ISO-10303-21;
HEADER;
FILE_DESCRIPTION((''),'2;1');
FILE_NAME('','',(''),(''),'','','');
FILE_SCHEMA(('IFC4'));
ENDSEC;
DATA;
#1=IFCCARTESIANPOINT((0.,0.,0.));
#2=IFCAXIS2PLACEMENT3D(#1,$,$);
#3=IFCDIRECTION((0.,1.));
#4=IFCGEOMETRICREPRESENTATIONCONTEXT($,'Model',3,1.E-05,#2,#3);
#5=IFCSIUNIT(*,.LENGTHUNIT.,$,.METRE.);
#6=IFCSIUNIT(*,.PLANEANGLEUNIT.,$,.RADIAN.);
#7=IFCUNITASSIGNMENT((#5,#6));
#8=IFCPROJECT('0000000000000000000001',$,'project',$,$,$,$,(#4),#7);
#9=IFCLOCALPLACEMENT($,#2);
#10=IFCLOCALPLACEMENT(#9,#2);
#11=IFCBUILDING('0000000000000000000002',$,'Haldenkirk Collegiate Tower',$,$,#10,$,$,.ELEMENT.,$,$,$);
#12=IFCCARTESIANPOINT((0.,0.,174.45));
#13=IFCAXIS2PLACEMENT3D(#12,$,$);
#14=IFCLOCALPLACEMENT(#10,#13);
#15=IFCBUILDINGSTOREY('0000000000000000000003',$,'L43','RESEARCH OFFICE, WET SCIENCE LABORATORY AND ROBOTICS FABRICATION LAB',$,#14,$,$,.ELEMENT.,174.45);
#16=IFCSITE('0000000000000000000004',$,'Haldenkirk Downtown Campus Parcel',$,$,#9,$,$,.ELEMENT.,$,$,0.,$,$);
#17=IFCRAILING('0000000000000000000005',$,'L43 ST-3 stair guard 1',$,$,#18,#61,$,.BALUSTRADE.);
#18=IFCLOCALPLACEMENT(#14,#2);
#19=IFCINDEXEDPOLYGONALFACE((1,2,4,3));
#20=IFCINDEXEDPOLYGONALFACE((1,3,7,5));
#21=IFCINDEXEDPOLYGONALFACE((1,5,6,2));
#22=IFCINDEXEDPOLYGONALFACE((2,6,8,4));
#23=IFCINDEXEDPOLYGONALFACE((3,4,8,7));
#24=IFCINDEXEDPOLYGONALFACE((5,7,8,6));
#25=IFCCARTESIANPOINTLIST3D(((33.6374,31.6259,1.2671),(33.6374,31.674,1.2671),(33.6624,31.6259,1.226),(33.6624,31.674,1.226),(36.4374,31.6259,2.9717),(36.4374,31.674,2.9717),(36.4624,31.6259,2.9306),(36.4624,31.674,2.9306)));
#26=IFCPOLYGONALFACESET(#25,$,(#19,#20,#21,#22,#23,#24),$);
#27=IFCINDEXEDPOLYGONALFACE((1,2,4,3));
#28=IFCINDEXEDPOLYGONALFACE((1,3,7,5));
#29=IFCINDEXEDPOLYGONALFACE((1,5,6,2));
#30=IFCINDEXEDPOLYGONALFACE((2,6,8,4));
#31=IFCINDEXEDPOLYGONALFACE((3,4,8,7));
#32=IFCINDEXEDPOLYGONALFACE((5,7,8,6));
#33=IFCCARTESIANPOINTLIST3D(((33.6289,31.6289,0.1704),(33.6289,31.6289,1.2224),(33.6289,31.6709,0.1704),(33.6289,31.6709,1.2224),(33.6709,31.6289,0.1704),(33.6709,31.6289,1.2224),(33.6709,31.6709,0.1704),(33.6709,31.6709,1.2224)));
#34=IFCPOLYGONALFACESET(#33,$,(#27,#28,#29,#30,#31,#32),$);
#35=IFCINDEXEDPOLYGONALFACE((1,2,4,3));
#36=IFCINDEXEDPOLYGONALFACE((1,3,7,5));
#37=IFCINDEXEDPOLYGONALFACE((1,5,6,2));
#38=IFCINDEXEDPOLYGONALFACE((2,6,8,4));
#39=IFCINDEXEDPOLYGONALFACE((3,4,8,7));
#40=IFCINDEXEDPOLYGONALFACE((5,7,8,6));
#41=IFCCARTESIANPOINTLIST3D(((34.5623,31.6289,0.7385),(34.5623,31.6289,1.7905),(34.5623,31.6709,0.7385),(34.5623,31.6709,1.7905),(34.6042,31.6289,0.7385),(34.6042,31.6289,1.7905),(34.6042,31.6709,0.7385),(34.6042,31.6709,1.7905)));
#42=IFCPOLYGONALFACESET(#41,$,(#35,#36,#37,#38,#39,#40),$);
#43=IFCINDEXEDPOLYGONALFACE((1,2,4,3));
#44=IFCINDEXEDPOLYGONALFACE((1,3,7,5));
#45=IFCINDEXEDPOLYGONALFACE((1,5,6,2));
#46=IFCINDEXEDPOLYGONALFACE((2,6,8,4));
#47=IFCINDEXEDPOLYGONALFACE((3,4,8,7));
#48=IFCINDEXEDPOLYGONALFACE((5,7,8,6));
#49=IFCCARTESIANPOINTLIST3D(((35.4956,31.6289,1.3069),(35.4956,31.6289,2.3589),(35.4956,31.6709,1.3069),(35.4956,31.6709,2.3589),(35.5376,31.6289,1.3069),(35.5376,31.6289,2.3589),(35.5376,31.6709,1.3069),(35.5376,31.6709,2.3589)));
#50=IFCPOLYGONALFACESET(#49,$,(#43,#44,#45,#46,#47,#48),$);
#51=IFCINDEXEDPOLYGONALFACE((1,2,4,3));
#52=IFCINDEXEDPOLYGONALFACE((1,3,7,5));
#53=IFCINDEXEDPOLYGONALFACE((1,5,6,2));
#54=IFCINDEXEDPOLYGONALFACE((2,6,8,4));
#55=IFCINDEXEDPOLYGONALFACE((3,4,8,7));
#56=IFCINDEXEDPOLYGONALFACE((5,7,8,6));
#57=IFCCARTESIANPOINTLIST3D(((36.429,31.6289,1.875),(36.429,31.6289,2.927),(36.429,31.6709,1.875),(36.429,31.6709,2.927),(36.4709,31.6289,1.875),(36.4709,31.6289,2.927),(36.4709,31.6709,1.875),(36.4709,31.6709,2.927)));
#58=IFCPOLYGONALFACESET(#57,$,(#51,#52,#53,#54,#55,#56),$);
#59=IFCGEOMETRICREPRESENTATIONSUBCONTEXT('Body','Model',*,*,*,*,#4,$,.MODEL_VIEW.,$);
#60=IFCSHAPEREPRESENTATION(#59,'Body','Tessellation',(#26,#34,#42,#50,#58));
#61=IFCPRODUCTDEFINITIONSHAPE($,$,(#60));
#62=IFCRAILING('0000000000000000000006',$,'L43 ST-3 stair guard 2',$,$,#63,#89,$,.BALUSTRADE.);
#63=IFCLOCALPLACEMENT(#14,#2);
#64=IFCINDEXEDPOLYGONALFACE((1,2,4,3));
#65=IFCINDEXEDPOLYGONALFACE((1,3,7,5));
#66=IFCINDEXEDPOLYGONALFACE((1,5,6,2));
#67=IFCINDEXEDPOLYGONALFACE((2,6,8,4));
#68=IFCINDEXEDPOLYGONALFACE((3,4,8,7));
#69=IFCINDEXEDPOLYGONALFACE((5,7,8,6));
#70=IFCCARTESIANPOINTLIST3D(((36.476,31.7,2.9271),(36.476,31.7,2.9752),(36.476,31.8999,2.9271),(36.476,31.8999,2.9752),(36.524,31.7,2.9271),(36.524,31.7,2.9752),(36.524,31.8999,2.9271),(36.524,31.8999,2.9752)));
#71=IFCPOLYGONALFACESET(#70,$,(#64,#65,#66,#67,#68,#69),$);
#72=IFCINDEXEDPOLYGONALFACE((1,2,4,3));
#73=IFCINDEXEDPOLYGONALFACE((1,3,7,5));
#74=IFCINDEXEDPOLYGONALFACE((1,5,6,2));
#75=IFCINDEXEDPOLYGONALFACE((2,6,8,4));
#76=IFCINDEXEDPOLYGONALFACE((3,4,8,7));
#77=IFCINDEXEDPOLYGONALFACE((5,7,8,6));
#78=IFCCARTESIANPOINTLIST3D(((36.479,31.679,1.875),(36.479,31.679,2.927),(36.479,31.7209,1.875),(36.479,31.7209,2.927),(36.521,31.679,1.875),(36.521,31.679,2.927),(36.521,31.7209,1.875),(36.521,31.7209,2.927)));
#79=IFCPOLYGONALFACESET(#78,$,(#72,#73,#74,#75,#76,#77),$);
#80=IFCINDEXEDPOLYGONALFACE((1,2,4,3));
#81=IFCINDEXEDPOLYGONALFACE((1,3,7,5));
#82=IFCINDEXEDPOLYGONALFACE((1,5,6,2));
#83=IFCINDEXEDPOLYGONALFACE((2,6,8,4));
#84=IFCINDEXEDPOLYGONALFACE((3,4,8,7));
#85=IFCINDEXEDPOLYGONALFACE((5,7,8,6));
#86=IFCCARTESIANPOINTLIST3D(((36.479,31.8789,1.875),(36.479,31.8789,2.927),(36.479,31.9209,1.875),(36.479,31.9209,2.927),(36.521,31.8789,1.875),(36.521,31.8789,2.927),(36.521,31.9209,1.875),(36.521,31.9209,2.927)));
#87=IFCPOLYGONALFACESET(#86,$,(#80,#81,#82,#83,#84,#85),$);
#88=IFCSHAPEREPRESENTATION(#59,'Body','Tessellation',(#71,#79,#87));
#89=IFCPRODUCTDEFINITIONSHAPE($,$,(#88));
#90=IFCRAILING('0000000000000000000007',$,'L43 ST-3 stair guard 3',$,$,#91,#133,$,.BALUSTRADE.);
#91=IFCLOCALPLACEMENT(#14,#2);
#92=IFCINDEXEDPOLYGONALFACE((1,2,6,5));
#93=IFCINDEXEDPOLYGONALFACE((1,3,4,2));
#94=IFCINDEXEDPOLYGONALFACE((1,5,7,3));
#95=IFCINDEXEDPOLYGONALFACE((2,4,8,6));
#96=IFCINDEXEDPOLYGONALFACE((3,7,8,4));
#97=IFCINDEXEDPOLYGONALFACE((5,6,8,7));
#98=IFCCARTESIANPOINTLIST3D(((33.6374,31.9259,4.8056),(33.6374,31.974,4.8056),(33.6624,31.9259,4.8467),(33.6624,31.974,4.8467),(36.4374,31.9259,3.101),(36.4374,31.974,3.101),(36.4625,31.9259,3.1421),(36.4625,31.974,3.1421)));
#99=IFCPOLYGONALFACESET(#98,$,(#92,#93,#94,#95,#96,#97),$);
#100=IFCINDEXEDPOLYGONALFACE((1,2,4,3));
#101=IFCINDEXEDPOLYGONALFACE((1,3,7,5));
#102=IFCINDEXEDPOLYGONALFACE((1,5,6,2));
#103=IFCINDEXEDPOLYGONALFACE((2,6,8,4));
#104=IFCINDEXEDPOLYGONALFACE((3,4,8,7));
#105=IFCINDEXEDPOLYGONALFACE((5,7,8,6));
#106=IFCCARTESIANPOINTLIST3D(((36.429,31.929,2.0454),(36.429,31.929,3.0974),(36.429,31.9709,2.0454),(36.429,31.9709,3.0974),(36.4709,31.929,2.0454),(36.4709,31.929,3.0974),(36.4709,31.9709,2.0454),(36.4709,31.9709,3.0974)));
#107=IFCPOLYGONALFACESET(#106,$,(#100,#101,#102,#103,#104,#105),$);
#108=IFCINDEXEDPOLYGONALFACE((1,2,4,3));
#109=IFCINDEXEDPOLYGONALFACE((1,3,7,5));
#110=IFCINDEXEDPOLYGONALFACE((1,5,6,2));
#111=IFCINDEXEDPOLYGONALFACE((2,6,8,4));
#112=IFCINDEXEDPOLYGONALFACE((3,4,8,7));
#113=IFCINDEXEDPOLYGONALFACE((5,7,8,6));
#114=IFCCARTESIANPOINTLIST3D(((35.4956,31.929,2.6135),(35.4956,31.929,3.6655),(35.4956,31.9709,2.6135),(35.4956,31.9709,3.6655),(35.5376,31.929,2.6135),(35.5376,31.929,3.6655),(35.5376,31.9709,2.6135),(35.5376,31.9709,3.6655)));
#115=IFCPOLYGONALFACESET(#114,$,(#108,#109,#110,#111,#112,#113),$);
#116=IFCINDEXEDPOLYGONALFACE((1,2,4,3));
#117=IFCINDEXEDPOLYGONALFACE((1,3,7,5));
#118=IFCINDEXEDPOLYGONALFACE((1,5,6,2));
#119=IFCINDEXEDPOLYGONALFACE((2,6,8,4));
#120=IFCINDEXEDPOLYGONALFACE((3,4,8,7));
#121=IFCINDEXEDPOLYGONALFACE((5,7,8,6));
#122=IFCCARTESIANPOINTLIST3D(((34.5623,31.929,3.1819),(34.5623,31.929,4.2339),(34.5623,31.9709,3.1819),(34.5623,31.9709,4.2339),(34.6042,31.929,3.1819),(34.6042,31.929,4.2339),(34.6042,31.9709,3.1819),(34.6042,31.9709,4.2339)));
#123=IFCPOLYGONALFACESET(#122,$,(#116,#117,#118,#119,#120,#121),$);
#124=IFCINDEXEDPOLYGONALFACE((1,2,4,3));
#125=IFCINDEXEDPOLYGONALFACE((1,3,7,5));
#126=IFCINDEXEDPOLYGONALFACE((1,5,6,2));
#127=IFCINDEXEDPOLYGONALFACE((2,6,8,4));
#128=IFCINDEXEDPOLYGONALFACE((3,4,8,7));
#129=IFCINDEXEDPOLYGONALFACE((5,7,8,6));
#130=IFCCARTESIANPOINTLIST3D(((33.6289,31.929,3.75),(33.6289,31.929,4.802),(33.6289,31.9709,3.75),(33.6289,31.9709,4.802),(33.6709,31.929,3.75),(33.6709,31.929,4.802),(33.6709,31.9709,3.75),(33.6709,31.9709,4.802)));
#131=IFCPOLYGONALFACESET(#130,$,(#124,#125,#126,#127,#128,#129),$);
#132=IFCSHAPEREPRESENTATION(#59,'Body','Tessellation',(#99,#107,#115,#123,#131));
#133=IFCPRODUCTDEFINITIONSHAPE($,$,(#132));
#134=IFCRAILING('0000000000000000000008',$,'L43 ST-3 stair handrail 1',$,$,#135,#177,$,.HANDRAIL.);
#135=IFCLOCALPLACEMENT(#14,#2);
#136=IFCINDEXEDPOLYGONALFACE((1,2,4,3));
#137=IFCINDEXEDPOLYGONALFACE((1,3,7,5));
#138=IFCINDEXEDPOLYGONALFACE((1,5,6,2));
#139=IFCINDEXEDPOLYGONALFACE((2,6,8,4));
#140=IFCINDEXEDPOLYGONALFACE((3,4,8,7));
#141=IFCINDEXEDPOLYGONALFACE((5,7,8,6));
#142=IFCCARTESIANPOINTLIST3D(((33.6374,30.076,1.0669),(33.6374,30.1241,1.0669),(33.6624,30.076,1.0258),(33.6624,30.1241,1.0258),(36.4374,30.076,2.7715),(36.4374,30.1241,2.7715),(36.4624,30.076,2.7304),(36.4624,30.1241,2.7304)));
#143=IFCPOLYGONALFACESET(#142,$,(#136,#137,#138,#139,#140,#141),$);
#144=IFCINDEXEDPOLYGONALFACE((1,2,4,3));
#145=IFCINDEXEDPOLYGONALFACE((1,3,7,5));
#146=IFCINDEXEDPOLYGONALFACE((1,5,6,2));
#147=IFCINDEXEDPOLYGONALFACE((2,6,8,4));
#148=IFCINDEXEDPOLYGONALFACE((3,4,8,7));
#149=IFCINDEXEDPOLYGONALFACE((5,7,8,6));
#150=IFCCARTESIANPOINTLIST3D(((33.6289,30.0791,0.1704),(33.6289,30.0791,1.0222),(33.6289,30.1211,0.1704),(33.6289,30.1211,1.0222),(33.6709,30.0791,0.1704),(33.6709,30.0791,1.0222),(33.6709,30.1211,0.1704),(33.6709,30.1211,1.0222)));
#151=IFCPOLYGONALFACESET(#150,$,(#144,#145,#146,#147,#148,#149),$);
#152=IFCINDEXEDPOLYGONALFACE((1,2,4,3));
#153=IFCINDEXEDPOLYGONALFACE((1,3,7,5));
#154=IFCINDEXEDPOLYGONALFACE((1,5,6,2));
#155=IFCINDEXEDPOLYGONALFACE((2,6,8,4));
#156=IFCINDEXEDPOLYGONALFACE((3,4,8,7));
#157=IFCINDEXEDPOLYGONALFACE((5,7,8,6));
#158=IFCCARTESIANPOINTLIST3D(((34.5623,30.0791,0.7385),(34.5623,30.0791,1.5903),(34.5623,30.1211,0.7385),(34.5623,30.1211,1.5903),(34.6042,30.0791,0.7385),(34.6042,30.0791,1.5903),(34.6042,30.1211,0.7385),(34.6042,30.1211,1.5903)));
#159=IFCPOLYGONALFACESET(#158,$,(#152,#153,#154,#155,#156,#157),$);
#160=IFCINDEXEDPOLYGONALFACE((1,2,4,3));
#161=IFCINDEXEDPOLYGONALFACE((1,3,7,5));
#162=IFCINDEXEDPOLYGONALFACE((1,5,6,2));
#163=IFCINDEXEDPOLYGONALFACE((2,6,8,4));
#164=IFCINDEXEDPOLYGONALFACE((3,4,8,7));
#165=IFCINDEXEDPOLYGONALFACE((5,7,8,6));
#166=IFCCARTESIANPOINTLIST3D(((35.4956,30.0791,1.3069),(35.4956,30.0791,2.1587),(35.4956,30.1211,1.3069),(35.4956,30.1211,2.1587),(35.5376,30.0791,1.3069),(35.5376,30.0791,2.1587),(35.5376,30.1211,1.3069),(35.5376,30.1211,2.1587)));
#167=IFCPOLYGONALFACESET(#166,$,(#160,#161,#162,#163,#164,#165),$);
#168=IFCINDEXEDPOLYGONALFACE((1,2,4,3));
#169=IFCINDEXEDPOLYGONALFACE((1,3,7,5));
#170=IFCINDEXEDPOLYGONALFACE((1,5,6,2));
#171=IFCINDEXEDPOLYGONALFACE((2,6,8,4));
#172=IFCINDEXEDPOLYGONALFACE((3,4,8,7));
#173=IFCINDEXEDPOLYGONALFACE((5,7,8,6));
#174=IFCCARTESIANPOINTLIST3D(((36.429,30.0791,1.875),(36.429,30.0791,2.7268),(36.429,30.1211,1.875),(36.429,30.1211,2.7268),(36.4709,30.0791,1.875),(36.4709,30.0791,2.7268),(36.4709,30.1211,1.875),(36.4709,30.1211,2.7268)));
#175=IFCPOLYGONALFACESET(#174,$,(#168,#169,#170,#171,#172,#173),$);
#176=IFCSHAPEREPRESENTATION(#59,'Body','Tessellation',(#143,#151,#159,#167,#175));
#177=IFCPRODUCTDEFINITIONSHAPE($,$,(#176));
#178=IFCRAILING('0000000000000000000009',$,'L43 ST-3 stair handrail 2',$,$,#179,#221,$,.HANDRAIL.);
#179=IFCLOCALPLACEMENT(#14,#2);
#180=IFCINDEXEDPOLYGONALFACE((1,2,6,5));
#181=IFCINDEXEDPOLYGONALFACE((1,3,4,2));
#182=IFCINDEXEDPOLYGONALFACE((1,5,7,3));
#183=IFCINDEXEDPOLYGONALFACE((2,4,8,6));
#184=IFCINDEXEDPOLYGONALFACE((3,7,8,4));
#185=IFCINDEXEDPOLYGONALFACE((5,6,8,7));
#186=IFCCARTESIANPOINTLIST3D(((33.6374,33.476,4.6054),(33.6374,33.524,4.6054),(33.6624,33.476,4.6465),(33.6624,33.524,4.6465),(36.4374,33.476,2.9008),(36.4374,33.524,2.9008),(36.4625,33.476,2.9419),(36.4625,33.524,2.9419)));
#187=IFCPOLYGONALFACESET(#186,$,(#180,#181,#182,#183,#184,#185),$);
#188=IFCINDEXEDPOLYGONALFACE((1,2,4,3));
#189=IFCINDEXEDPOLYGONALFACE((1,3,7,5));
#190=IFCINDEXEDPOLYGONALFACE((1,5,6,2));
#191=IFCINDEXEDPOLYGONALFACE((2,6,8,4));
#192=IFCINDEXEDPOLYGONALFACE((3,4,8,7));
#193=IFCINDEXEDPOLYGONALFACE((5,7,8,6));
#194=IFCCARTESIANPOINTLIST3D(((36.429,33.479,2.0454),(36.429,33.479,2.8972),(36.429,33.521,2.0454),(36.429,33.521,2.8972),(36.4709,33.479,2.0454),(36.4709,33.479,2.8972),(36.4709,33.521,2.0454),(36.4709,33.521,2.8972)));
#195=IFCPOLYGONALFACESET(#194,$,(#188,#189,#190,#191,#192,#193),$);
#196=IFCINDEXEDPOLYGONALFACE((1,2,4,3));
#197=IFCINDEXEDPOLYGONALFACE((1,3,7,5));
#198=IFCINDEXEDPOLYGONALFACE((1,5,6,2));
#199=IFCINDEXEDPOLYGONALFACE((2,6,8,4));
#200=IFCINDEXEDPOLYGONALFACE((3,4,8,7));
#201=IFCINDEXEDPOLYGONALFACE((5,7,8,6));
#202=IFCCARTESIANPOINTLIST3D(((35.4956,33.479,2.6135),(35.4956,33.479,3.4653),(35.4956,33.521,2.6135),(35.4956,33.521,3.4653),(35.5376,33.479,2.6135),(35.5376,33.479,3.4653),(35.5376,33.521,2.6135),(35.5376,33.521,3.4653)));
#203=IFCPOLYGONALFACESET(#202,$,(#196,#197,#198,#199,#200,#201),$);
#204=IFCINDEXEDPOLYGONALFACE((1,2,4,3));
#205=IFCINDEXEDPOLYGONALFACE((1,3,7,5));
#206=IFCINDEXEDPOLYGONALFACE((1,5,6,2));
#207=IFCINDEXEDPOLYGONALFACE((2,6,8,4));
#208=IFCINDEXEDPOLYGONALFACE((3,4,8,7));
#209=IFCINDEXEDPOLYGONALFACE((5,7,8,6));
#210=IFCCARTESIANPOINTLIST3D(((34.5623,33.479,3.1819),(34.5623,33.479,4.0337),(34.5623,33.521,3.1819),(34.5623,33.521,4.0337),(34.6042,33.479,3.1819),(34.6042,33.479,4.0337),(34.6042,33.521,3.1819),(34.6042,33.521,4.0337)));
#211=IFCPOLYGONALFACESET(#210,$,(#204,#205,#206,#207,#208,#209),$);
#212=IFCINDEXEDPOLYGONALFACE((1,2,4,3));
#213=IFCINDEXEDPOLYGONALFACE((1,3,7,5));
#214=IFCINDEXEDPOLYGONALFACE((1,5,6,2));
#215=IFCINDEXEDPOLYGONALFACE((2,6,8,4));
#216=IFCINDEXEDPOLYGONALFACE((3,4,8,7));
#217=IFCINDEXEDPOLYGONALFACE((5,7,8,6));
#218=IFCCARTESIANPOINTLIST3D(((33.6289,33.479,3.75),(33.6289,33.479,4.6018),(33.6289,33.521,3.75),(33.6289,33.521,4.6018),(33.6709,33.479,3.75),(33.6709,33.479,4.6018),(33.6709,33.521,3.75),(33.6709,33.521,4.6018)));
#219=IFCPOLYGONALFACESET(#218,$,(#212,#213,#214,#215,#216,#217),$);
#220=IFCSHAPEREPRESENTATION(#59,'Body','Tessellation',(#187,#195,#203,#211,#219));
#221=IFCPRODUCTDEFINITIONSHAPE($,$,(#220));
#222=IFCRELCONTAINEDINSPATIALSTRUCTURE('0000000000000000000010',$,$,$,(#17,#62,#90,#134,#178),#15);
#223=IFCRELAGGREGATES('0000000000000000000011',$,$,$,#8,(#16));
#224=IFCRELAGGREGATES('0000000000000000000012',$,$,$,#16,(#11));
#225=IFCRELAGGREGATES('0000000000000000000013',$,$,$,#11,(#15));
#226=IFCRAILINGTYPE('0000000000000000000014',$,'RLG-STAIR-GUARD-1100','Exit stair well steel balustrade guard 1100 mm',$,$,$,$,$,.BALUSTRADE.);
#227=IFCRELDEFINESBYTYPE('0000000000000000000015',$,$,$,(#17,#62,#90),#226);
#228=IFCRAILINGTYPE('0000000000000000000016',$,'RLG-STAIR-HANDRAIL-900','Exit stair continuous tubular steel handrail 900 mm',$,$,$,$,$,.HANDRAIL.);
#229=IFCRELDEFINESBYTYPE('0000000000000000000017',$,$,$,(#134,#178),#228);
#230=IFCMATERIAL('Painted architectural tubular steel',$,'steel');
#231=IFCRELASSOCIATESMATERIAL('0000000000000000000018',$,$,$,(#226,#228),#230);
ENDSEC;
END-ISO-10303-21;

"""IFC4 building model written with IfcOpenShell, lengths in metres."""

from ifc_helpers import new_model, si_unit, direction, frame, origin, origin_2d, place, context, subcontext, project, spatial, rectangle, extrude, material, type_object, element, save


model = new_model("IFC4")

# Units and contexts
model_context = context("Model", 3, precision=1e-05, world=origin(), true_north=direction((0.0, 1.0)))
body_context = subcontext(model_context, "Body", "Model", "MODEL_VIEW")
ifc_project = project(units=[si_unit("LENGTHUNIT", "METRE"), si_unit("PLANEANGLEUNIT", "RADIAN")], contexts=[model_context])

# Site, building, storey
site_placement = place(None, origin())
site = spatial("IfcSite", under=ifc_project, at=site_placement, Name="Haldenkirk Downtown Campus Parcel", CompositionType="ELEMENT", RefElevation=0.0)
building_placement = place(site_placement, origin())
building = spatial("IfcBuilding", under=site, at=building_placement, Name="Haldenkirk Collegiate Tower", CompositionType="ELEMENT")
storey_placement = place(building_placement, frame((0.0, 0.0, 174.45)))
storey = spatial("IfcBuildingStorey", under=building, at=storey_placement, Name="L43", Description="RESEARCH OFFICE, WET SCIENCE LABORATORY AND ROBOTICS FABRICATION LAB", CompositionType="ELEMENT", Elevation=174.45)

# Railings
ifc_material_1 = material(Name="Painted architectural tubular steel", Category="steel")
railing_type_1 = type_object("IfcRailingType", Name="RLG-STAIR-GUARD-1100", Description="Exit stair well steel balustrade guard 1100 mm", PredefinedType="BALUSTRADE", material=ifc_material_1)
railing_1_placement = place(storey_placement, frame((33.6499, 31.6499, 0.1704)))
element("IfcRailing", 1, at=railing_1_placement, inside=storey, type_object=railing_type_1, Name="L43 ST-3 stair guard 1", PredefinedType="BALUSTRADE", context=body_context, shape_type="SweptSolid", body=[
    extrude(rectangle(XDim=0.0481, YDim=0.0481, at=origin_2d()), frame((0.0, 0.0, 1.0762), z_axis=(0.85417, 0.0, 0.519994), x_axis=(0.0, 1.0, 0.0)), (0.0, 0.0, 1.0), 3.2781),
    extrude(rectangle(XDim=0.042, YDim=0.042, at=origin_2d()), origin(), (0.0, 0.0, 1.0), 1.052),
    extrude(rectangle(XDim=0.042, YDim=0.042, at=origin_2d()), frame((0.9333, 0.0, 0.5681)), (0.0, 0.0, 1.0), 1.052),
    extrude(rectangle(XDim=0.042, YDim=0.042, at=origin_2d()), frame((1.8667, 0.0, 1.1365)), (0.0, 0.0, 1.0), 1.052),
    extrude(rectangle(XDim=0.042, YDim=0.042, at=origin_2d()), frame((2.8, 0.0, 1.7046)), (0.0, 0.0, 1.0), 1.052),
])
railing_2_placement = place(storey_placement, frame((36.5, 31.7, 1.875)))
element("IfcRailing", 2, at=railing_2_placement, inside=storey, type_object=railing_type_1, Name="L43 ST-3 stair guard 2", PredefinedType="BALUSTRADE", context=body_context, shape_type="SweptSolid", body=[
    extrude(rectangle(XDim=0.0481, YDim=0.0481, at=origin_2d()), frame((0.0, 0.0, 1.0762), z_axis=(0.0, 1.0, 0.0), x_axis=(-1.0, 0.0, 0.0)), (0.0, 0.0, 1.0), 0.2),
    extrude(rectangle(XDim=0.042, YDim=0.042, at=origin_2d()), origin(), (0.0, 0.0, 1.0), 1.052),
    extrude(rectangle(XDim=0.042, YDim=0.042, at=origin_2d()), frame((0.0, 0.2, 0.0)), (0.0, 0.0, 1.0), 1.052),
])
railing_3_placement = place(storey_placement, frame((36.45, 31.95, 2.0454)))
element("IfcRailing", 3, at=railing_3_placement, inside=storey, type_object=railing_type_1, Name="L43 ST-3 stair guard 3", PredefinedType="BALUSTRADE", context=body_context, shape_type="SweptSolid", body=[
    extrude(rectangle(XDim=0.0481, YDim=0.0481, at=origin_2d()), frame((0.0, 0.0, 1.0762), z_axis=(-0.85417, 0.0, 0.519994), x_axis=(0.0, -1.0, 0.0)), (0.0, 0.0, 1.0), 3.2781),
    extrude(rectangle(XDim=0.042, YDim=0.042, at=origin_2d()), origin(), (0.0, 0.0, 1.0), 1.052),
    extrude(rectangle(XDim=0.042, YDim=0.042, at=origin_2d()), frame((-0.9333, 0.0, 0.5681)), (0.0, 0.0, 1.0), 1.052),
    extrude(rectangle(XDim=0.042, YDim=0.042, at=origin_2d()), frame((-1.8667, 0.0, 1.1365)), (0.0, 0.0, 1.0), 1.052),
    extrude(rectangle(XDim=0.042, YDim=0.042, at=origin_2d()), frame((-2.8, 0.0, 1.7046)), (0.0, 0.0, 1.0), 1.052),
])
railing_type_2 = type_object("IfcRailingType", Name="RLG-STAIR-HANDRAIL-900", Description="Exit stair continuous tubular steel handrail 900 mm", PredefinedType="HANDRAIL", material=ifc_material_1)
railing_4_placement = place(storey_placement, frame((33.6499, 30.1001, 0.1704)))
element("IfcRailing", 4, at=railing_4_placement, inside=storey, type_object=railing_type_2, Name="L43 ST-3 stair handrail 1", PredefinedType="HANDRAIL", context=body_context, shape_type="SweptSolid", body=[
    extrude(rectangle(XDim=0.0481, YDim=0.0481, at=origin_2d()), frame((0.0, 0.0, 0.876), z_axis=(0.85417, 0.0, 0.519994), x_axis=(0.0, 1.0, 0.0)), (0.0, 0.0, 1.0), 3.2781),
    extrude(rectangle(XDim=0.042, YDim=0.042, at=origin_2d()), origin(), (0.0, 0.0, 1.0), 0.8518),
    extrude(rectangle(XDim=0.042, YDim=0.042, at=origin_2d()), frame((0.9333, 0.0, 0.5681)), (0.0, 0.0, 1.0), 0.8518),
    extrude(rectangle(XDim=0.042, YDim=0.042, at=origin_2d()), frame((1.8667, 0.0, 1.1365)), (0.0, 0.0, 1.0), 0.8518),
    extrude(rectangle(XDim=0.042, YDim=0.042, at=origin_2d()), frame((2.8, 0.0, 1.7046)), (0.0, 0.0, 1.0), 0.8518),
])
railing_5_placement = place(storey_placement, frame((36.45, 33.5, 2.0454)))
element("IfcRailing", 5, at=railing_5_placement, inside=storey, type_object=railing_type_2, Name="L43 ST-3 stair handrail 2", PredefinedType="HANDRAIL", context=body_context, shape_type="SweptSolid", body=[
    extrude(rectangle(XDim=0.0481, YDim=0.0481, at=origin_2d()), frame((0.0, 0.0, 0.876), z_axis=(-0.85417, 0.0, 0.519994), x_axis=(0.0, -1.0, 0.0)), (0.0, 0.0, 1.0), 3.2781),
    extrude(rectangle(XDim=0.042, YDim=0.042, at=origin_2d()), origin(), (0.0, 0.0, 1.0), 0.8518),
    extrude(rectangle(XDim=0.042, YDim=0.042, at=origin_2d()), frame((-0.9333, 0.0, 0.5681)), (0.0, 0.0, 1.0), 0.8518),
    extrude(rectangle(XDim=0.042, YDim=0.042, at=origin_2d()), frame((-1.8667, 0.0, 1.1365)), (0.0, 0.0, 1.0), 0.8518),
    extrude(rectangle(XDim=0.042, YDim=0.042, at=origin_2d()), frame((-2.8, 0.0, 1.7046)), (0.0, 0.0, 1.0), 0.8518),
])

save(model, "model.ifc")
